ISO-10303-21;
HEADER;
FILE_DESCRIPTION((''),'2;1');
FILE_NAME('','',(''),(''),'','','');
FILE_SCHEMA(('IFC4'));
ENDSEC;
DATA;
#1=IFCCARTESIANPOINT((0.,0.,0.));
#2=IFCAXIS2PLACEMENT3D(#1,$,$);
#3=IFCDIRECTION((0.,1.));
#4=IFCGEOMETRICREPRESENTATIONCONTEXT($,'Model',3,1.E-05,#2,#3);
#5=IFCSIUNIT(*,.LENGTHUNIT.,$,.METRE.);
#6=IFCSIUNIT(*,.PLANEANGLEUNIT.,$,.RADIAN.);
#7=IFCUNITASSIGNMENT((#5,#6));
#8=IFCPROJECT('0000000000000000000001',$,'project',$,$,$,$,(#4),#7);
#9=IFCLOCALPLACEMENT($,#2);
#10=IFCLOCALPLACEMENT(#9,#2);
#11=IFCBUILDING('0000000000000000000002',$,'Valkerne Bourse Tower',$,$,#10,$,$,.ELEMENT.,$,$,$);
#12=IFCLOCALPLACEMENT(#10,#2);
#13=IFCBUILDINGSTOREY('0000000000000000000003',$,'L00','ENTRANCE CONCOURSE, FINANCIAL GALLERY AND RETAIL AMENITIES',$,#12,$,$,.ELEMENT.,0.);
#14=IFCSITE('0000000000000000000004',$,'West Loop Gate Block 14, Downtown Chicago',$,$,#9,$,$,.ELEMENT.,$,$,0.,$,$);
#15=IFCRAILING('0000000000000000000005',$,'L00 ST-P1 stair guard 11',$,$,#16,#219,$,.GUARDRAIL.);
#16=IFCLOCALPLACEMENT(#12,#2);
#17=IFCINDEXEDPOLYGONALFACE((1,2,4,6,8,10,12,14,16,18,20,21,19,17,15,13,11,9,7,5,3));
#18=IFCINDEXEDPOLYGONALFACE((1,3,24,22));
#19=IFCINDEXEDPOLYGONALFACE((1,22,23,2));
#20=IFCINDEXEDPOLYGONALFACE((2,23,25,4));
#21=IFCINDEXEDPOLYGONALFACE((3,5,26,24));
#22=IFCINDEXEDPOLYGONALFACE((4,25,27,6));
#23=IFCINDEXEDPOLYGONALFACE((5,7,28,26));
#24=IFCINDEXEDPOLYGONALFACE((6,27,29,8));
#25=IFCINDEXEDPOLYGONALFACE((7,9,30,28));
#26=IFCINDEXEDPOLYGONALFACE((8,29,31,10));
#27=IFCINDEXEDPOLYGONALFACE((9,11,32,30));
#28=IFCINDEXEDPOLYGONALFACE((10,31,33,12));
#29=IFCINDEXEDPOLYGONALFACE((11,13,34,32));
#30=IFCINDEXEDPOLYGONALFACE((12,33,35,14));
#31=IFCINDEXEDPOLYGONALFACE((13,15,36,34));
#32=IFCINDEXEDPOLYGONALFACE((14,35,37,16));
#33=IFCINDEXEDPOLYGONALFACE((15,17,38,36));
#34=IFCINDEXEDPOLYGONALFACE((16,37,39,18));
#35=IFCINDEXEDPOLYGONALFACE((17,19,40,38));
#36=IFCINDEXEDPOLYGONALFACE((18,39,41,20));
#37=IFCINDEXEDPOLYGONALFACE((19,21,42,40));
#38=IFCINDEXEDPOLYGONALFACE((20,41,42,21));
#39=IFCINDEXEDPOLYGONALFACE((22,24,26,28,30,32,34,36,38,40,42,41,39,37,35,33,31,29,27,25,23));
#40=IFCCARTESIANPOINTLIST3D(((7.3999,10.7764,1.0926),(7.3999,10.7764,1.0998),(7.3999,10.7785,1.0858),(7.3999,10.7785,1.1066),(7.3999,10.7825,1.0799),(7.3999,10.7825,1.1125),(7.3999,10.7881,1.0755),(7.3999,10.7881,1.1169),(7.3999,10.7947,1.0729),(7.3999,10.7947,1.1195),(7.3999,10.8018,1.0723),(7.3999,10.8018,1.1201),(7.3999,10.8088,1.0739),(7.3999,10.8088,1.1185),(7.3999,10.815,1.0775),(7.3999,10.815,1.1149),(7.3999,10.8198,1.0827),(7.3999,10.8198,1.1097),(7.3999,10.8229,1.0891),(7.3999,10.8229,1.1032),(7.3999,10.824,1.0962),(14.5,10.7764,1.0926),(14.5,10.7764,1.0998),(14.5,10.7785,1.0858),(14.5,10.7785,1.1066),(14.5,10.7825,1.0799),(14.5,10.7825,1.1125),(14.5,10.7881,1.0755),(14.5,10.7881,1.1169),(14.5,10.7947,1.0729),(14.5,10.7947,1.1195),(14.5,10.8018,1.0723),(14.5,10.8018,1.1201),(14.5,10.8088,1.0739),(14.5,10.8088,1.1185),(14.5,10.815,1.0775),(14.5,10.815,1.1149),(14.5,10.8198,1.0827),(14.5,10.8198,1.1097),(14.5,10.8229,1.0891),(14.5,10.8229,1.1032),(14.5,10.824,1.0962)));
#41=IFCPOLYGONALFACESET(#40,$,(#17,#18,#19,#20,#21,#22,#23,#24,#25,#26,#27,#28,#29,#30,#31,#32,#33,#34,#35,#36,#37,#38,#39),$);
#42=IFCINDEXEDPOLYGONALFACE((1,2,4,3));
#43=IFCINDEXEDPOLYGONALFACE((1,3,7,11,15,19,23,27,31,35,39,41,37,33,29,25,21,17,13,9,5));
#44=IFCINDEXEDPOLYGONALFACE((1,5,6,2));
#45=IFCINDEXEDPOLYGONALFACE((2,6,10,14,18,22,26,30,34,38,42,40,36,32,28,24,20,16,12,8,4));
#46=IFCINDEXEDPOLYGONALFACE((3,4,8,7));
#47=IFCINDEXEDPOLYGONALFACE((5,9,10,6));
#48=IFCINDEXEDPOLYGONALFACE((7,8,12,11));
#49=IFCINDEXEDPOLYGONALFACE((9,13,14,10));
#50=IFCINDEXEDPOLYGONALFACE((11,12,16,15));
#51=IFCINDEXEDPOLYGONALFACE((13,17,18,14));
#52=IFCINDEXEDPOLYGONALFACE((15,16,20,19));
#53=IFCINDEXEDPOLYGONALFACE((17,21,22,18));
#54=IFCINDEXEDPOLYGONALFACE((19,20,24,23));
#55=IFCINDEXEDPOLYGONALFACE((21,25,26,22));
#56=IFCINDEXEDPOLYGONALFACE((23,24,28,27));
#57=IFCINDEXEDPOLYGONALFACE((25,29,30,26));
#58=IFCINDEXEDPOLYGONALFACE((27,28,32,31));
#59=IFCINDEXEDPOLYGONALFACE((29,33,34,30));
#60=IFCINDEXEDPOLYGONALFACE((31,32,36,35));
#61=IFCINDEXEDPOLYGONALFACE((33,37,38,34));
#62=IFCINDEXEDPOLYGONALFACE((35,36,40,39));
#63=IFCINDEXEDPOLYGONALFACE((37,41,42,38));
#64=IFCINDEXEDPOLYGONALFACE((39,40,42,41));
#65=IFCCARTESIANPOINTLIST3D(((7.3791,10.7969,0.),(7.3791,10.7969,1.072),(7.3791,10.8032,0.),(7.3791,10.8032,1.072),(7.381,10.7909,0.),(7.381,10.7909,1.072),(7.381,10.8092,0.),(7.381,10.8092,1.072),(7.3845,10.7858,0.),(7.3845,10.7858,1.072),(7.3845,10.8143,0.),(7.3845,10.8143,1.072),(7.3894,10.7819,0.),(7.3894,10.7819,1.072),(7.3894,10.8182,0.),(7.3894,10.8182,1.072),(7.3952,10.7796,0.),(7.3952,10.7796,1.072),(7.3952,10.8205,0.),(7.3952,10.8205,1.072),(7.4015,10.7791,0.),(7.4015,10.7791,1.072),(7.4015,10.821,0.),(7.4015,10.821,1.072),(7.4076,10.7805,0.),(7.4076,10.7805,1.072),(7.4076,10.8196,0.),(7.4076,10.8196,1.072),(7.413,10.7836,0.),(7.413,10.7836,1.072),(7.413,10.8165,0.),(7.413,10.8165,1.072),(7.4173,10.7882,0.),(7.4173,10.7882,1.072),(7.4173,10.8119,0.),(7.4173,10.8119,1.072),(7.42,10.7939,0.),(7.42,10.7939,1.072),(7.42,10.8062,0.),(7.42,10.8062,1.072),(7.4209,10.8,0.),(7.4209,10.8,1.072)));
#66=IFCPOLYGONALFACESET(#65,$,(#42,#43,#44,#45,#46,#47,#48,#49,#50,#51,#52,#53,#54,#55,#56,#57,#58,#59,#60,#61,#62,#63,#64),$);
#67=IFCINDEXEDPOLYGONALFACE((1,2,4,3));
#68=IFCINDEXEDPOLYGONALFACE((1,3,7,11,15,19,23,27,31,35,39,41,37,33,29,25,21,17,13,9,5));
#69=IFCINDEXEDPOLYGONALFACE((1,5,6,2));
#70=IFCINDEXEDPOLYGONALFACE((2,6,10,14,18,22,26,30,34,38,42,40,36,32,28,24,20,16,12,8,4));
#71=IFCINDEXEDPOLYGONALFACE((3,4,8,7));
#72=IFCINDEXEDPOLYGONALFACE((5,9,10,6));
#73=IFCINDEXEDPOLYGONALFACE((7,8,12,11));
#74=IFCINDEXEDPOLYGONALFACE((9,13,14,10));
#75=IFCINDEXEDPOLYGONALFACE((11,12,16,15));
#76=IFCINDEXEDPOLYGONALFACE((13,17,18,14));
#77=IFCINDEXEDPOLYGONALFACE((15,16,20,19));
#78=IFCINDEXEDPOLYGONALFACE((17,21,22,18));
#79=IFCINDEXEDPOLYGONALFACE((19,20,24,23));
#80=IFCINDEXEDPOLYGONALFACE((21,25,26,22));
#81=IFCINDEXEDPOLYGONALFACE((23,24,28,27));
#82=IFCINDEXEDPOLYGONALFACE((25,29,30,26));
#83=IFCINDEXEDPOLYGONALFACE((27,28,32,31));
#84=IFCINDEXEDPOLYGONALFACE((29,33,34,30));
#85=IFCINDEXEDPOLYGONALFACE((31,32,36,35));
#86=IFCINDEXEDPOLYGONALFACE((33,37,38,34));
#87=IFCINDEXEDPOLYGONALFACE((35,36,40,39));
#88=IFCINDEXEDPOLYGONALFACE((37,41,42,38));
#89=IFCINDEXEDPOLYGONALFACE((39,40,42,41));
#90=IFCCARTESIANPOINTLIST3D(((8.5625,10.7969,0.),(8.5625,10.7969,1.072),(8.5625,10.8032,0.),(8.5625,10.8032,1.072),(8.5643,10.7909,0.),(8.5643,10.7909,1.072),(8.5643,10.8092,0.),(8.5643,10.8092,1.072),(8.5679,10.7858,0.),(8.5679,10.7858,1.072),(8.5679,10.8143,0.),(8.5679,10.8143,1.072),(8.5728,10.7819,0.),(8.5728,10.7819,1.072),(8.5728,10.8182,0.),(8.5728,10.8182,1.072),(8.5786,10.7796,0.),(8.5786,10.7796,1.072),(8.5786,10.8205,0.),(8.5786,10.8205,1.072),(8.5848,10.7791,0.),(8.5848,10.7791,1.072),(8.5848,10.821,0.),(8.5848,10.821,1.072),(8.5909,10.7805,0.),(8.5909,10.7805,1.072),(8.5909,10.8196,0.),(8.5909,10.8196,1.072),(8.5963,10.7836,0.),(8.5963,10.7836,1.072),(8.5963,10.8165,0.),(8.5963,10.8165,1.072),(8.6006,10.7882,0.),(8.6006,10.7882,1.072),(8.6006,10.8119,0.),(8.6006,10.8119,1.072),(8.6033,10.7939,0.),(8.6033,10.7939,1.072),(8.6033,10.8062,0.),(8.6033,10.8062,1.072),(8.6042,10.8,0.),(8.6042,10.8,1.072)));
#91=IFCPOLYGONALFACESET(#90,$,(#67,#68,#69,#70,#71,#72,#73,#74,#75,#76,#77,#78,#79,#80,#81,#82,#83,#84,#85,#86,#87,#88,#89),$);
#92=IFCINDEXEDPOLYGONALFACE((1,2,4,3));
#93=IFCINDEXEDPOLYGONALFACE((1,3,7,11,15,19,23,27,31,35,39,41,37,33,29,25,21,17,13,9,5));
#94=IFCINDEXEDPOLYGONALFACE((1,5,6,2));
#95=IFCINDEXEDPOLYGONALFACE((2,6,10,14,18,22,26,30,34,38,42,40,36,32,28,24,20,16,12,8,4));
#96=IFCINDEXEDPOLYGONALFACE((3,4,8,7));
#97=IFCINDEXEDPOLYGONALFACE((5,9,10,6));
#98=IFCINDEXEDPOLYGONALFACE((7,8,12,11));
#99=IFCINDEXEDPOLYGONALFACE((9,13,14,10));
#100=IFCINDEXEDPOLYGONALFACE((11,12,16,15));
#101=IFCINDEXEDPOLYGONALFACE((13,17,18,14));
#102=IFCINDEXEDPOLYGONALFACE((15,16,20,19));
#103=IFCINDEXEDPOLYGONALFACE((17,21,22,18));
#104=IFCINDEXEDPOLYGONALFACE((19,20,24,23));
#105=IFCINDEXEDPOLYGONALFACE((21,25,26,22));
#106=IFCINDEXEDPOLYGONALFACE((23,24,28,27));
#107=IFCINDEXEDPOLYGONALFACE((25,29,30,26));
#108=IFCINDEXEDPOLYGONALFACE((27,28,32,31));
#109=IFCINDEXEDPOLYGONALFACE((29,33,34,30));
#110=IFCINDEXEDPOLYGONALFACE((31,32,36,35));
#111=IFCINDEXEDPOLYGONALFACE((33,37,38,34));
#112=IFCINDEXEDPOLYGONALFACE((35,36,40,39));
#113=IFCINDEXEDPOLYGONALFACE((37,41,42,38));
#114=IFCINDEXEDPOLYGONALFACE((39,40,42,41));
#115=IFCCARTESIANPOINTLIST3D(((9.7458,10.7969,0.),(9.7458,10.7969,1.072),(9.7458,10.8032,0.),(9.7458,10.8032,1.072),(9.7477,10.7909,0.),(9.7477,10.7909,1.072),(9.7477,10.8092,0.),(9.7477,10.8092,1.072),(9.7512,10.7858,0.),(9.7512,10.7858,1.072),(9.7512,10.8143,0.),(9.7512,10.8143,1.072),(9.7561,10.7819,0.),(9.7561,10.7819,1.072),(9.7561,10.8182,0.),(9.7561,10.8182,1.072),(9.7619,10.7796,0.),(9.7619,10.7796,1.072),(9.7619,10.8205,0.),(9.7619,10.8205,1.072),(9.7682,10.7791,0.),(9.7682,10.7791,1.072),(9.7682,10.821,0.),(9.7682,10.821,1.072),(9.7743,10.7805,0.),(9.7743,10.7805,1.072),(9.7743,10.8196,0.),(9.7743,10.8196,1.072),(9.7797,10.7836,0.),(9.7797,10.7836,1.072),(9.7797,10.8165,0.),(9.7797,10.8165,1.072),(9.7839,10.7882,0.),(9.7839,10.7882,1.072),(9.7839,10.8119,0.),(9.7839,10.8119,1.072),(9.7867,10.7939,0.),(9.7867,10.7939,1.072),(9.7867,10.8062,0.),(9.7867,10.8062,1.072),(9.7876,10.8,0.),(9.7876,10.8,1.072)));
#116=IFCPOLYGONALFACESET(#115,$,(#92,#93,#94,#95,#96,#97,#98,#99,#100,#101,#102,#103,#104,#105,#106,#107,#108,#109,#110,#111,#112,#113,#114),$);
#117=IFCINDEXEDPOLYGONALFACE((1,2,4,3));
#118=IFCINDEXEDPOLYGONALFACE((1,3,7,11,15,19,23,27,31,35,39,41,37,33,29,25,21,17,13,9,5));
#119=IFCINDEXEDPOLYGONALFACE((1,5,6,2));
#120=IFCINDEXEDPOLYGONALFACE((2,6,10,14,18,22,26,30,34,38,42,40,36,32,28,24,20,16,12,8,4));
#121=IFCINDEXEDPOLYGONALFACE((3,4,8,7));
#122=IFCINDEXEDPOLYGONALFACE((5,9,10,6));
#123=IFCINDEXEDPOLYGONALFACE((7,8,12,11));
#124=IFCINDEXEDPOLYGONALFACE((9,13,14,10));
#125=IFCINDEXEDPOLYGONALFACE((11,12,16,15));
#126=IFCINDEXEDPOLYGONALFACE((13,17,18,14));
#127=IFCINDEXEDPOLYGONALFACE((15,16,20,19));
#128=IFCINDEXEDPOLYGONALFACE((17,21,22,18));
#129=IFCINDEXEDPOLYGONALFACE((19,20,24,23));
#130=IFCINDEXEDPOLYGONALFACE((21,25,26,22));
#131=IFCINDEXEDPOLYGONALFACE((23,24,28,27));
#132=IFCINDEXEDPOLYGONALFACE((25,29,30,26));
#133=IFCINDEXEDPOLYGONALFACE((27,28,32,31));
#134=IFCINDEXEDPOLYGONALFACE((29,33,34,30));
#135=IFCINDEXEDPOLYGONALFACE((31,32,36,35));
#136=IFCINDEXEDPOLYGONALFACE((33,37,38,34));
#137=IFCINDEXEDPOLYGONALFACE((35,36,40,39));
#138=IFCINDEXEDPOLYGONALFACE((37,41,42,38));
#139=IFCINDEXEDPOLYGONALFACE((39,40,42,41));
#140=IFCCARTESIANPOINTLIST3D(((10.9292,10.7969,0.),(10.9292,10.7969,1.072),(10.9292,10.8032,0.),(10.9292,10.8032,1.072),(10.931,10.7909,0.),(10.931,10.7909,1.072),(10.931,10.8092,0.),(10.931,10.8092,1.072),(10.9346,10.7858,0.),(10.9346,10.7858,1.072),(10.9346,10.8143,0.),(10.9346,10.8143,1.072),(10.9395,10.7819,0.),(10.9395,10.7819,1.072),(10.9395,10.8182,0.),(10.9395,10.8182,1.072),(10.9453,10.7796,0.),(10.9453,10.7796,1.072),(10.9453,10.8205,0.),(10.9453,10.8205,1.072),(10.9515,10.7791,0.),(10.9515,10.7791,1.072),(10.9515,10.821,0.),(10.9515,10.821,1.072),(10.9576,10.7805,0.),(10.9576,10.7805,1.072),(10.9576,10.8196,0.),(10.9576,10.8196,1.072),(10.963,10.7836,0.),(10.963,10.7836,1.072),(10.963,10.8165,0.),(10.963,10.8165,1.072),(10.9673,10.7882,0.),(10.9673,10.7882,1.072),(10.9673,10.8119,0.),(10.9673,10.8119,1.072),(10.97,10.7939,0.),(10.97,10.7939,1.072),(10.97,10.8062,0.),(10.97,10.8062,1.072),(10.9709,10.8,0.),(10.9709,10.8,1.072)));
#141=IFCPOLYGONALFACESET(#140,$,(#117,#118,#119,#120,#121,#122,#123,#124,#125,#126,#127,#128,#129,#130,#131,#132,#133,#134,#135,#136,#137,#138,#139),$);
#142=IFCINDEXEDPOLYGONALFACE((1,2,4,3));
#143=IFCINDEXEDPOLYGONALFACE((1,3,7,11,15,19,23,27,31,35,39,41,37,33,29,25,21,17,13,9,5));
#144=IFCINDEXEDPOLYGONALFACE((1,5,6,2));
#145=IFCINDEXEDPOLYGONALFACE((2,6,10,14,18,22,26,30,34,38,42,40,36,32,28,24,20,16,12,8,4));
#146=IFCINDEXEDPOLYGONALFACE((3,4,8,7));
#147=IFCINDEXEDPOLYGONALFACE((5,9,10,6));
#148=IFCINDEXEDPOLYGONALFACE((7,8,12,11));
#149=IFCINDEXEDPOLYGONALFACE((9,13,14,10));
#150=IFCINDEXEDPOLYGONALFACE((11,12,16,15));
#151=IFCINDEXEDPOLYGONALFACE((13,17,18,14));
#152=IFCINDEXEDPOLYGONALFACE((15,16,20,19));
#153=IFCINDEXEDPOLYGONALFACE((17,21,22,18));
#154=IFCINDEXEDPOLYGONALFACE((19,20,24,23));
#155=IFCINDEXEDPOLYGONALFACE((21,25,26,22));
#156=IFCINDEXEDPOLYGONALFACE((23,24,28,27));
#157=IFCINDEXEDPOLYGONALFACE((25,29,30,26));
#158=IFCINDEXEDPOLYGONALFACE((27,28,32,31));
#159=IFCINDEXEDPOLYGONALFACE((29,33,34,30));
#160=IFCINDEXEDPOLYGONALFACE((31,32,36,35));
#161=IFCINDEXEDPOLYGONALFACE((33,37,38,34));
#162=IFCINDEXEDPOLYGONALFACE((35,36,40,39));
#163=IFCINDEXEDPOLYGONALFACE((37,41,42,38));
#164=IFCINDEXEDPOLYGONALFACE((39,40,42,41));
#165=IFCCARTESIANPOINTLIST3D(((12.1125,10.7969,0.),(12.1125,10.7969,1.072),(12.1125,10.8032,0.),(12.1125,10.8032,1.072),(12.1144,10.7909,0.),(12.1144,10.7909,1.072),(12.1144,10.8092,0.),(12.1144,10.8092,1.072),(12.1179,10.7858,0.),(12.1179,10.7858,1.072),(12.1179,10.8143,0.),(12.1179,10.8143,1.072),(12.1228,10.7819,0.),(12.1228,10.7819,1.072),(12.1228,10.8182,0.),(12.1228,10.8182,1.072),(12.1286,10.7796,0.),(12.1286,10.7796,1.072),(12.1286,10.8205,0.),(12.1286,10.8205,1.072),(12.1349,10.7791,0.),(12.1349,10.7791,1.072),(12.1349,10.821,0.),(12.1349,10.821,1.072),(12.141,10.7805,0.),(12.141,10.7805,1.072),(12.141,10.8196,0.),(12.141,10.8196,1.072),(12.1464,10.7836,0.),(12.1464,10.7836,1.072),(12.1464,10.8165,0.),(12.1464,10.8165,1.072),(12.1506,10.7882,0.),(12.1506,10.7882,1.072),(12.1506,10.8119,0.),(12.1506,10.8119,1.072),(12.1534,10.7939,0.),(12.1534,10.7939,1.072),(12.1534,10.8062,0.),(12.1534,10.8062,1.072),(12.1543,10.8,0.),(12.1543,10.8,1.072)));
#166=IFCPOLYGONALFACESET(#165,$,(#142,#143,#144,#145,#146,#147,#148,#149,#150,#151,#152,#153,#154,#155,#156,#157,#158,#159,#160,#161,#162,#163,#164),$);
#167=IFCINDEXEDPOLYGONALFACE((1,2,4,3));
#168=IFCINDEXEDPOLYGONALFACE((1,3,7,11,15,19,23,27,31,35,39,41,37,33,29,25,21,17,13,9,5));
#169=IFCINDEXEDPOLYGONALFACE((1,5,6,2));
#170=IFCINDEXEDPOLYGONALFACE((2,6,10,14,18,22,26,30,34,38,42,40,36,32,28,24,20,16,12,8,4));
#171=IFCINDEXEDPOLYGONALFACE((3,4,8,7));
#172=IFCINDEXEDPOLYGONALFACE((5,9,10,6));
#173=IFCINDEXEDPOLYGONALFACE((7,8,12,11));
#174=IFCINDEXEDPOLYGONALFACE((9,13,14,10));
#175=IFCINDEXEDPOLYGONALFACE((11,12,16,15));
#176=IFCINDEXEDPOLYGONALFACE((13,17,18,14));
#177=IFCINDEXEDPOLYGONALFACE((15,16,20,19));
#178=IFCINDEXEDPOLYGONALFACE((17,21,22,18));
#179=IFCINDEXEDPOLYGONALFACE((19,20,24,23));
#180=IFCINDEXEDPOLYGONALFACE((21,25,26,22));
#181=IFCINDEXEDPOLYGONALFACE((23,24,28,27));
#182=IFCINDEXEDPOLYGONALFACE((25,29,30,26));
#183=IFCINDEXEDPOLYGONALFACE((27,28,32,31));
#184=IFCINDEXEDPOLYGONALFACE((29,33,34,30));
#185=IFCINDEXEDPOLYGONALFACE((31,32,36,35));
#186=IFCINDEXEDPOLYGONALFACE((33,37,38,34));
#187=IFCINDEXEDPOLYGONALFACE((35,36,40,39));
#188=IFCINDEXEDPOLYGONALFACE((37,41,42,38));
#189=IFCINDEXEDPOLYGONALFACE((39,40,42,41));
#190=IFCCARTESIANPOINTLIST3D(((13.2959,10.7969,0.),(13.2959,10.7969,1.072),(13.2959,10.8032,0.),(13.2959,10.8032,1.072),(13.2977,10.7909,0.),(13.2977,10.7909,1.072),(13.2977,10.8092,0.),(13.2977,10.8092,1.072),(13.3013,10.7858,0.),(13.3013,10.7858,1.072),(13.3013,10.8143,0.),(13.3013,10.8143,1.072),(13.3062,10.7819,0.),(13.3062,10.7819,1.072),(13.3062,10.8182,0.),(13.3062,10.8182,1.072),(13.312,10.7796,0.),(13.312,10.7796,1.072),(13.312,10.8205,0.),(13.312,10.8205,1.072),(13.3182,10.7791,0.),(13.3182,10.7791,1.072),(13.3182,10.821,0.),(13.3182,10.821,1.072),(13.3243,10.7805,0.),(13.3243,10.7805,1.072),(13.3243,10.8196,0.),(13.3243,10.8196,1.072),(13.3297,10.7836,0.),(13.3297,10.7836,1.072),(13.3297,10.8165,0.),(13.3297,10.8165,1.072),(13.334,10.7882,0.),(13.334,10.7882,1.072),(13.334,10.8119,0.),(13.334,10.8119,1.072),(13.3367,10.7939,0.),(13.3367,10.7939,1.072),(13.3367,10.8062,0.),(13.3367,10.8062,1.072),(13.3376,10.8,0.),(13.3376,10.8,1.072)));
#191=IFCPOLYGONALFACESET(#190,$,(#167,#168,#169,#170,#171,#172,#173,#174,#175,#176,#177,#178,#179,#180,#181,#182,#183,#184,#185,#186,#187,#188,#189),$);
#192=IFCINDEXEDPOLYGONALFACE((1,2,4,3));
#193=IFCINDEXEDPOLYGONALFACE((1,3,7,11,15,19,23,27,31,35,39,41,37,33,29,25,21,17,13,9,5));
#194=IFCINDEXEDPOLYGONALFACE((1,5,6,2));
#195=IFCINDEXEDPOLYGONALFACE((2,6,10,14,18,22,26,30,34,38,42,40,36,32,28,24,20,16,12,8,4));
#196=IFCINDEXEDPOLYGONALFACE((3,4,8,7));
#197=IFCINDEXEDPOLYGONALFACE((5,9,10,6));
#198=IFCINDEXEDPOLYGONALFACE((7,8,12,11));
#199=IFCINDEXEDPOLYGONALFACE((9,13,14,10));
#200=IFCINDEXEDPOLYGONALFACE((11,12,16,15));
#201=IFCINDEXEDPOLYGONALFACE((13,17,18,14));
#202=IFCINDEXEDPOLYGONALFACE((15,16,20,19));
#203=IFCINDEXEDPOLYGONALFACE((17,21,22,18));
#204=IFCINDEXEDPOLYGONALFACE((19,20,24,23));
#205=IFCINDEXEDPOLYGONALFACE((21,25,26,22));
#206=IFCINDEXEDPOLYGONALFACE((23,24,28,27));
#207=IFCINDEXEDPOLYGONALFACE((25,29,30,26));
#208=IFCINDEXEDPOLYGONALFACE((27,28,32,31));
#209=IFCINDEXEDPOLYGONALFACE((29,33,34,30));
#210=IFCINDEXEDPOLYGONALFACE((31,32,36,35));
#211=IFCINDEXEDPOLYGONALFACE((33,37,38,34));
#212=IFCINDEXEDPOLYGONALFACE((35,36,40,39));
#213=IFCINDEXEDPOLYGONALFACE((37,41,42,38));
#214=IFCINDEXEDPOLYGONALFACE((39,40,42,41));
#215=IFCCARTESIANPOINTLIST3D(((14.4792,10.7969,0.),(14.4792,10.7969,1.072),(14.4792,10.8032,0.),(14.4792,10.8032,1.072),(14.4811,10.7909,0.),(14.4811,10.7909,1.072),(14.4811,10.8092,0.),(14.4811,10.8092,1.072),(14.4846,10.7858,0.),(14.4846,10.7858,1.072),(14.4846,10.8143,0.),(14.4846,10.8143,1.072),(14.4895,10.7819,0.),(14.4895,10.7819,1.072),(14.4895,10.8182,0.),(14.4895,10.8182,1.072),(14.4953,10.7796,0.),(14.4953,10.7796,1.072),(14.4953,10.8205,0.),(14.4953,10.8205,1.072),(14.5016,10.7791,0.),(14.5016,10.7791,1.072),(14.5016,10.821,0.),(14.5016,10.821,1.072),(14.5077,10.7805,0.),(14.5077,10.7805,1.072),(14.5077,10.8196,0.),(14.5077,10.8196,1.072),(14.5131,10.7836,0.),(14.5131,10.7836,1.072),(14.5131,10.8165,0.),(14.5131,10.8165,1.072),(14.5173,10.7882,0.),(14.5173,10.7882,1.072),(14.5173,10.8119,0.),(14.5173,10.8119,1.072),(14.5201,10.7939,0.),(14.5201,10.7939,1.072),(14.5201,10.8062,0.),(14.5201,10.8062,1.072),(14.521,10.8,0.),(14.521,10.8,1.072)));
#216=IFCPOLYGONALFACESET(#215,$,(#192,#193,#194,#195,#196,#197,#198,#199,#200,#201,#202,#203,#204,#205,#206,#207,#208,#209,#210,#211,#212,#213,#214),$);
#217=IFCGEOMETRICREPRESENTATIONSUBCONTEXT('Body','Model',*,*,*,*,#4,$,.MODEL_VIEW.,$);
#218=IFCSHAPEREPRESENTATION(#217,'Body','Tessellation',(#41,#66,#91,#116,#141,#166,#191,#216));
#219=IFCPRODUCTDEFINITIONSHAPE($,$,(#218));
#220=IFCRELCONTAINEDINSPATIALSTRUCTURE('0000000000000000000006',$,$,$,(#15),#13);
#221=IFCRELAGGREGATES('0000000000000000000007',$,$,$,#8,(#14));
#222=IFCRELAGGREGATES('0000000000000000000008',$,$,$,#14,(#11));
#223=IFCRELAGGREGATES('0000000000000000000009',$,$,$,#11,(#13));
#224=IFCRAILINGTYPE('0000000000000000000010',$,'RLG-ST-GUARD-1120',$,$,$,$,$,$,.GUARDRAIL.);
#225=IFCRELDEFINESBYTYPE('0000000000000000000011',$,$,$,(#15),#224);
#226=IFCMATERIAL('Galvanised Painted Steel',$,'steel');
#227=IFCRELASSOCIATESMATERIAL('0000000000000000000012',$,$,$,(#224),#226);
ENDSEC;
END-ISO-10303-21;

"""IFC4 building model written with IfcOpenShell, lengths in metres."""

from ifc_helpers import new_model, si_unit, direction, frame, origin, origin_2d, place, context, subcontext, project, spatial, circle, extrude, material, type_object, element, save


model = new_model("IFC4")

# Units and contexts
model_context = context("Model", 3, precision=1e-05, world=origin(), true_north=direction((0.0, 1.0)))
body_context = subcontext(model_context, "Body", "Model", "MODEL_VIEW")
ifc_project = project(units=[si_unit("LENGTHUNIT", "METRE"), si_unit("PLANEANGLEUNIT", "RADIAN")], contexts=[model_context])

# Site, building, storey
site_placement = place(None, origin())
site = spatial("IfcSite", under=ifc_project, at=site_placement, Name="West Loop Gate Block 14, Downtown Chicago", CompositionType="ELEMENT", RefElevation=0.0)
building_placement = place(site_placement, origin())
building = spatial("IfcBuilding", under=site, at=building_placement, Name="Valkerne Bourse Tower", CompositionType="ELEMENT")
storey_placement = place(building_placement, origin())
storey = spatial("IfcBuildingStorey", under=building, at=storey_placement, Name="L00", Description="ENTRANCE CONCOURSE, FINANCIAL GALLERY AND RETAIL AMENITIES", CompositionType="ELEMENT", Elevation=0.0)

# Shared definitions
ifc_material_1 = material(Name="Galvanised Painted Steel", Category="steel")

# Railing
railing_type_1 = type_object("IfcRailingType", Name="RLG-ST-GUARD-1120", PredefinedType="GUARDRAIL", material=ifc_material_1)
railing_1_placement = place(storey_placement, frame((7.3999, 10.8, 0.0)))
element("IfcRailing", 1, at=railing_1_placement, inside=storey, type_object=railing_type_1, Name="L00 ST-P1 stair guard 11", PredefinedType="GUARDRAIL", context=body_context, shape_type="SweptSolid", body=[
    extrude(circle(Radius=0.0239, at=origin_2d()), frame((0.0, 0.0, 1.0962), z_axis=(1.0, 0.0, 0.0), x_axis=(0.0, 1.0, 0.0)), (0.0, 0.0, 1.0), 7.1001),
    extrude(circle(Radius=0.021, at=origin_2d()), origin(), (0.0, 0.0, 1.0), 1.072),
    extrude(circle(Radius=0.021, at=origin_2d()), frame((1.1833, 0.0, 0.0)), (0.0, 0.0, 1.0), 1.072),
    extrude(circle(Radius=0.021, at=origin_2d()), frame((2.3667, 0.0, 0.0)), (0.0, 0.0, 1.0), 1.072),
    extrude(circle(Radius=0.021, at=origin_2d()), frame((3.55, 0.0, 0.0)), (0.0, 0.0, 1.0), 1.072),
    extrude(circle(Radius=0.021, at=origin_2d()), frame((4.7334, 0.0, 0.0)), (0.0, 0.0, 1.0), 1.072),
    extrude(circle(Radius=0.021, at=origin_2d()), frame((5.9167, 0.0, 0.0)), (0.0, 0.0, 1.0), 1.072),
    extrude(circle(Radius=0.021, at=origin_2d()), frame((7.1001, 0.0, 0.0)), (0.0, 0.0, 1.0), 1.072),
])

save(model, "model.ifc")
